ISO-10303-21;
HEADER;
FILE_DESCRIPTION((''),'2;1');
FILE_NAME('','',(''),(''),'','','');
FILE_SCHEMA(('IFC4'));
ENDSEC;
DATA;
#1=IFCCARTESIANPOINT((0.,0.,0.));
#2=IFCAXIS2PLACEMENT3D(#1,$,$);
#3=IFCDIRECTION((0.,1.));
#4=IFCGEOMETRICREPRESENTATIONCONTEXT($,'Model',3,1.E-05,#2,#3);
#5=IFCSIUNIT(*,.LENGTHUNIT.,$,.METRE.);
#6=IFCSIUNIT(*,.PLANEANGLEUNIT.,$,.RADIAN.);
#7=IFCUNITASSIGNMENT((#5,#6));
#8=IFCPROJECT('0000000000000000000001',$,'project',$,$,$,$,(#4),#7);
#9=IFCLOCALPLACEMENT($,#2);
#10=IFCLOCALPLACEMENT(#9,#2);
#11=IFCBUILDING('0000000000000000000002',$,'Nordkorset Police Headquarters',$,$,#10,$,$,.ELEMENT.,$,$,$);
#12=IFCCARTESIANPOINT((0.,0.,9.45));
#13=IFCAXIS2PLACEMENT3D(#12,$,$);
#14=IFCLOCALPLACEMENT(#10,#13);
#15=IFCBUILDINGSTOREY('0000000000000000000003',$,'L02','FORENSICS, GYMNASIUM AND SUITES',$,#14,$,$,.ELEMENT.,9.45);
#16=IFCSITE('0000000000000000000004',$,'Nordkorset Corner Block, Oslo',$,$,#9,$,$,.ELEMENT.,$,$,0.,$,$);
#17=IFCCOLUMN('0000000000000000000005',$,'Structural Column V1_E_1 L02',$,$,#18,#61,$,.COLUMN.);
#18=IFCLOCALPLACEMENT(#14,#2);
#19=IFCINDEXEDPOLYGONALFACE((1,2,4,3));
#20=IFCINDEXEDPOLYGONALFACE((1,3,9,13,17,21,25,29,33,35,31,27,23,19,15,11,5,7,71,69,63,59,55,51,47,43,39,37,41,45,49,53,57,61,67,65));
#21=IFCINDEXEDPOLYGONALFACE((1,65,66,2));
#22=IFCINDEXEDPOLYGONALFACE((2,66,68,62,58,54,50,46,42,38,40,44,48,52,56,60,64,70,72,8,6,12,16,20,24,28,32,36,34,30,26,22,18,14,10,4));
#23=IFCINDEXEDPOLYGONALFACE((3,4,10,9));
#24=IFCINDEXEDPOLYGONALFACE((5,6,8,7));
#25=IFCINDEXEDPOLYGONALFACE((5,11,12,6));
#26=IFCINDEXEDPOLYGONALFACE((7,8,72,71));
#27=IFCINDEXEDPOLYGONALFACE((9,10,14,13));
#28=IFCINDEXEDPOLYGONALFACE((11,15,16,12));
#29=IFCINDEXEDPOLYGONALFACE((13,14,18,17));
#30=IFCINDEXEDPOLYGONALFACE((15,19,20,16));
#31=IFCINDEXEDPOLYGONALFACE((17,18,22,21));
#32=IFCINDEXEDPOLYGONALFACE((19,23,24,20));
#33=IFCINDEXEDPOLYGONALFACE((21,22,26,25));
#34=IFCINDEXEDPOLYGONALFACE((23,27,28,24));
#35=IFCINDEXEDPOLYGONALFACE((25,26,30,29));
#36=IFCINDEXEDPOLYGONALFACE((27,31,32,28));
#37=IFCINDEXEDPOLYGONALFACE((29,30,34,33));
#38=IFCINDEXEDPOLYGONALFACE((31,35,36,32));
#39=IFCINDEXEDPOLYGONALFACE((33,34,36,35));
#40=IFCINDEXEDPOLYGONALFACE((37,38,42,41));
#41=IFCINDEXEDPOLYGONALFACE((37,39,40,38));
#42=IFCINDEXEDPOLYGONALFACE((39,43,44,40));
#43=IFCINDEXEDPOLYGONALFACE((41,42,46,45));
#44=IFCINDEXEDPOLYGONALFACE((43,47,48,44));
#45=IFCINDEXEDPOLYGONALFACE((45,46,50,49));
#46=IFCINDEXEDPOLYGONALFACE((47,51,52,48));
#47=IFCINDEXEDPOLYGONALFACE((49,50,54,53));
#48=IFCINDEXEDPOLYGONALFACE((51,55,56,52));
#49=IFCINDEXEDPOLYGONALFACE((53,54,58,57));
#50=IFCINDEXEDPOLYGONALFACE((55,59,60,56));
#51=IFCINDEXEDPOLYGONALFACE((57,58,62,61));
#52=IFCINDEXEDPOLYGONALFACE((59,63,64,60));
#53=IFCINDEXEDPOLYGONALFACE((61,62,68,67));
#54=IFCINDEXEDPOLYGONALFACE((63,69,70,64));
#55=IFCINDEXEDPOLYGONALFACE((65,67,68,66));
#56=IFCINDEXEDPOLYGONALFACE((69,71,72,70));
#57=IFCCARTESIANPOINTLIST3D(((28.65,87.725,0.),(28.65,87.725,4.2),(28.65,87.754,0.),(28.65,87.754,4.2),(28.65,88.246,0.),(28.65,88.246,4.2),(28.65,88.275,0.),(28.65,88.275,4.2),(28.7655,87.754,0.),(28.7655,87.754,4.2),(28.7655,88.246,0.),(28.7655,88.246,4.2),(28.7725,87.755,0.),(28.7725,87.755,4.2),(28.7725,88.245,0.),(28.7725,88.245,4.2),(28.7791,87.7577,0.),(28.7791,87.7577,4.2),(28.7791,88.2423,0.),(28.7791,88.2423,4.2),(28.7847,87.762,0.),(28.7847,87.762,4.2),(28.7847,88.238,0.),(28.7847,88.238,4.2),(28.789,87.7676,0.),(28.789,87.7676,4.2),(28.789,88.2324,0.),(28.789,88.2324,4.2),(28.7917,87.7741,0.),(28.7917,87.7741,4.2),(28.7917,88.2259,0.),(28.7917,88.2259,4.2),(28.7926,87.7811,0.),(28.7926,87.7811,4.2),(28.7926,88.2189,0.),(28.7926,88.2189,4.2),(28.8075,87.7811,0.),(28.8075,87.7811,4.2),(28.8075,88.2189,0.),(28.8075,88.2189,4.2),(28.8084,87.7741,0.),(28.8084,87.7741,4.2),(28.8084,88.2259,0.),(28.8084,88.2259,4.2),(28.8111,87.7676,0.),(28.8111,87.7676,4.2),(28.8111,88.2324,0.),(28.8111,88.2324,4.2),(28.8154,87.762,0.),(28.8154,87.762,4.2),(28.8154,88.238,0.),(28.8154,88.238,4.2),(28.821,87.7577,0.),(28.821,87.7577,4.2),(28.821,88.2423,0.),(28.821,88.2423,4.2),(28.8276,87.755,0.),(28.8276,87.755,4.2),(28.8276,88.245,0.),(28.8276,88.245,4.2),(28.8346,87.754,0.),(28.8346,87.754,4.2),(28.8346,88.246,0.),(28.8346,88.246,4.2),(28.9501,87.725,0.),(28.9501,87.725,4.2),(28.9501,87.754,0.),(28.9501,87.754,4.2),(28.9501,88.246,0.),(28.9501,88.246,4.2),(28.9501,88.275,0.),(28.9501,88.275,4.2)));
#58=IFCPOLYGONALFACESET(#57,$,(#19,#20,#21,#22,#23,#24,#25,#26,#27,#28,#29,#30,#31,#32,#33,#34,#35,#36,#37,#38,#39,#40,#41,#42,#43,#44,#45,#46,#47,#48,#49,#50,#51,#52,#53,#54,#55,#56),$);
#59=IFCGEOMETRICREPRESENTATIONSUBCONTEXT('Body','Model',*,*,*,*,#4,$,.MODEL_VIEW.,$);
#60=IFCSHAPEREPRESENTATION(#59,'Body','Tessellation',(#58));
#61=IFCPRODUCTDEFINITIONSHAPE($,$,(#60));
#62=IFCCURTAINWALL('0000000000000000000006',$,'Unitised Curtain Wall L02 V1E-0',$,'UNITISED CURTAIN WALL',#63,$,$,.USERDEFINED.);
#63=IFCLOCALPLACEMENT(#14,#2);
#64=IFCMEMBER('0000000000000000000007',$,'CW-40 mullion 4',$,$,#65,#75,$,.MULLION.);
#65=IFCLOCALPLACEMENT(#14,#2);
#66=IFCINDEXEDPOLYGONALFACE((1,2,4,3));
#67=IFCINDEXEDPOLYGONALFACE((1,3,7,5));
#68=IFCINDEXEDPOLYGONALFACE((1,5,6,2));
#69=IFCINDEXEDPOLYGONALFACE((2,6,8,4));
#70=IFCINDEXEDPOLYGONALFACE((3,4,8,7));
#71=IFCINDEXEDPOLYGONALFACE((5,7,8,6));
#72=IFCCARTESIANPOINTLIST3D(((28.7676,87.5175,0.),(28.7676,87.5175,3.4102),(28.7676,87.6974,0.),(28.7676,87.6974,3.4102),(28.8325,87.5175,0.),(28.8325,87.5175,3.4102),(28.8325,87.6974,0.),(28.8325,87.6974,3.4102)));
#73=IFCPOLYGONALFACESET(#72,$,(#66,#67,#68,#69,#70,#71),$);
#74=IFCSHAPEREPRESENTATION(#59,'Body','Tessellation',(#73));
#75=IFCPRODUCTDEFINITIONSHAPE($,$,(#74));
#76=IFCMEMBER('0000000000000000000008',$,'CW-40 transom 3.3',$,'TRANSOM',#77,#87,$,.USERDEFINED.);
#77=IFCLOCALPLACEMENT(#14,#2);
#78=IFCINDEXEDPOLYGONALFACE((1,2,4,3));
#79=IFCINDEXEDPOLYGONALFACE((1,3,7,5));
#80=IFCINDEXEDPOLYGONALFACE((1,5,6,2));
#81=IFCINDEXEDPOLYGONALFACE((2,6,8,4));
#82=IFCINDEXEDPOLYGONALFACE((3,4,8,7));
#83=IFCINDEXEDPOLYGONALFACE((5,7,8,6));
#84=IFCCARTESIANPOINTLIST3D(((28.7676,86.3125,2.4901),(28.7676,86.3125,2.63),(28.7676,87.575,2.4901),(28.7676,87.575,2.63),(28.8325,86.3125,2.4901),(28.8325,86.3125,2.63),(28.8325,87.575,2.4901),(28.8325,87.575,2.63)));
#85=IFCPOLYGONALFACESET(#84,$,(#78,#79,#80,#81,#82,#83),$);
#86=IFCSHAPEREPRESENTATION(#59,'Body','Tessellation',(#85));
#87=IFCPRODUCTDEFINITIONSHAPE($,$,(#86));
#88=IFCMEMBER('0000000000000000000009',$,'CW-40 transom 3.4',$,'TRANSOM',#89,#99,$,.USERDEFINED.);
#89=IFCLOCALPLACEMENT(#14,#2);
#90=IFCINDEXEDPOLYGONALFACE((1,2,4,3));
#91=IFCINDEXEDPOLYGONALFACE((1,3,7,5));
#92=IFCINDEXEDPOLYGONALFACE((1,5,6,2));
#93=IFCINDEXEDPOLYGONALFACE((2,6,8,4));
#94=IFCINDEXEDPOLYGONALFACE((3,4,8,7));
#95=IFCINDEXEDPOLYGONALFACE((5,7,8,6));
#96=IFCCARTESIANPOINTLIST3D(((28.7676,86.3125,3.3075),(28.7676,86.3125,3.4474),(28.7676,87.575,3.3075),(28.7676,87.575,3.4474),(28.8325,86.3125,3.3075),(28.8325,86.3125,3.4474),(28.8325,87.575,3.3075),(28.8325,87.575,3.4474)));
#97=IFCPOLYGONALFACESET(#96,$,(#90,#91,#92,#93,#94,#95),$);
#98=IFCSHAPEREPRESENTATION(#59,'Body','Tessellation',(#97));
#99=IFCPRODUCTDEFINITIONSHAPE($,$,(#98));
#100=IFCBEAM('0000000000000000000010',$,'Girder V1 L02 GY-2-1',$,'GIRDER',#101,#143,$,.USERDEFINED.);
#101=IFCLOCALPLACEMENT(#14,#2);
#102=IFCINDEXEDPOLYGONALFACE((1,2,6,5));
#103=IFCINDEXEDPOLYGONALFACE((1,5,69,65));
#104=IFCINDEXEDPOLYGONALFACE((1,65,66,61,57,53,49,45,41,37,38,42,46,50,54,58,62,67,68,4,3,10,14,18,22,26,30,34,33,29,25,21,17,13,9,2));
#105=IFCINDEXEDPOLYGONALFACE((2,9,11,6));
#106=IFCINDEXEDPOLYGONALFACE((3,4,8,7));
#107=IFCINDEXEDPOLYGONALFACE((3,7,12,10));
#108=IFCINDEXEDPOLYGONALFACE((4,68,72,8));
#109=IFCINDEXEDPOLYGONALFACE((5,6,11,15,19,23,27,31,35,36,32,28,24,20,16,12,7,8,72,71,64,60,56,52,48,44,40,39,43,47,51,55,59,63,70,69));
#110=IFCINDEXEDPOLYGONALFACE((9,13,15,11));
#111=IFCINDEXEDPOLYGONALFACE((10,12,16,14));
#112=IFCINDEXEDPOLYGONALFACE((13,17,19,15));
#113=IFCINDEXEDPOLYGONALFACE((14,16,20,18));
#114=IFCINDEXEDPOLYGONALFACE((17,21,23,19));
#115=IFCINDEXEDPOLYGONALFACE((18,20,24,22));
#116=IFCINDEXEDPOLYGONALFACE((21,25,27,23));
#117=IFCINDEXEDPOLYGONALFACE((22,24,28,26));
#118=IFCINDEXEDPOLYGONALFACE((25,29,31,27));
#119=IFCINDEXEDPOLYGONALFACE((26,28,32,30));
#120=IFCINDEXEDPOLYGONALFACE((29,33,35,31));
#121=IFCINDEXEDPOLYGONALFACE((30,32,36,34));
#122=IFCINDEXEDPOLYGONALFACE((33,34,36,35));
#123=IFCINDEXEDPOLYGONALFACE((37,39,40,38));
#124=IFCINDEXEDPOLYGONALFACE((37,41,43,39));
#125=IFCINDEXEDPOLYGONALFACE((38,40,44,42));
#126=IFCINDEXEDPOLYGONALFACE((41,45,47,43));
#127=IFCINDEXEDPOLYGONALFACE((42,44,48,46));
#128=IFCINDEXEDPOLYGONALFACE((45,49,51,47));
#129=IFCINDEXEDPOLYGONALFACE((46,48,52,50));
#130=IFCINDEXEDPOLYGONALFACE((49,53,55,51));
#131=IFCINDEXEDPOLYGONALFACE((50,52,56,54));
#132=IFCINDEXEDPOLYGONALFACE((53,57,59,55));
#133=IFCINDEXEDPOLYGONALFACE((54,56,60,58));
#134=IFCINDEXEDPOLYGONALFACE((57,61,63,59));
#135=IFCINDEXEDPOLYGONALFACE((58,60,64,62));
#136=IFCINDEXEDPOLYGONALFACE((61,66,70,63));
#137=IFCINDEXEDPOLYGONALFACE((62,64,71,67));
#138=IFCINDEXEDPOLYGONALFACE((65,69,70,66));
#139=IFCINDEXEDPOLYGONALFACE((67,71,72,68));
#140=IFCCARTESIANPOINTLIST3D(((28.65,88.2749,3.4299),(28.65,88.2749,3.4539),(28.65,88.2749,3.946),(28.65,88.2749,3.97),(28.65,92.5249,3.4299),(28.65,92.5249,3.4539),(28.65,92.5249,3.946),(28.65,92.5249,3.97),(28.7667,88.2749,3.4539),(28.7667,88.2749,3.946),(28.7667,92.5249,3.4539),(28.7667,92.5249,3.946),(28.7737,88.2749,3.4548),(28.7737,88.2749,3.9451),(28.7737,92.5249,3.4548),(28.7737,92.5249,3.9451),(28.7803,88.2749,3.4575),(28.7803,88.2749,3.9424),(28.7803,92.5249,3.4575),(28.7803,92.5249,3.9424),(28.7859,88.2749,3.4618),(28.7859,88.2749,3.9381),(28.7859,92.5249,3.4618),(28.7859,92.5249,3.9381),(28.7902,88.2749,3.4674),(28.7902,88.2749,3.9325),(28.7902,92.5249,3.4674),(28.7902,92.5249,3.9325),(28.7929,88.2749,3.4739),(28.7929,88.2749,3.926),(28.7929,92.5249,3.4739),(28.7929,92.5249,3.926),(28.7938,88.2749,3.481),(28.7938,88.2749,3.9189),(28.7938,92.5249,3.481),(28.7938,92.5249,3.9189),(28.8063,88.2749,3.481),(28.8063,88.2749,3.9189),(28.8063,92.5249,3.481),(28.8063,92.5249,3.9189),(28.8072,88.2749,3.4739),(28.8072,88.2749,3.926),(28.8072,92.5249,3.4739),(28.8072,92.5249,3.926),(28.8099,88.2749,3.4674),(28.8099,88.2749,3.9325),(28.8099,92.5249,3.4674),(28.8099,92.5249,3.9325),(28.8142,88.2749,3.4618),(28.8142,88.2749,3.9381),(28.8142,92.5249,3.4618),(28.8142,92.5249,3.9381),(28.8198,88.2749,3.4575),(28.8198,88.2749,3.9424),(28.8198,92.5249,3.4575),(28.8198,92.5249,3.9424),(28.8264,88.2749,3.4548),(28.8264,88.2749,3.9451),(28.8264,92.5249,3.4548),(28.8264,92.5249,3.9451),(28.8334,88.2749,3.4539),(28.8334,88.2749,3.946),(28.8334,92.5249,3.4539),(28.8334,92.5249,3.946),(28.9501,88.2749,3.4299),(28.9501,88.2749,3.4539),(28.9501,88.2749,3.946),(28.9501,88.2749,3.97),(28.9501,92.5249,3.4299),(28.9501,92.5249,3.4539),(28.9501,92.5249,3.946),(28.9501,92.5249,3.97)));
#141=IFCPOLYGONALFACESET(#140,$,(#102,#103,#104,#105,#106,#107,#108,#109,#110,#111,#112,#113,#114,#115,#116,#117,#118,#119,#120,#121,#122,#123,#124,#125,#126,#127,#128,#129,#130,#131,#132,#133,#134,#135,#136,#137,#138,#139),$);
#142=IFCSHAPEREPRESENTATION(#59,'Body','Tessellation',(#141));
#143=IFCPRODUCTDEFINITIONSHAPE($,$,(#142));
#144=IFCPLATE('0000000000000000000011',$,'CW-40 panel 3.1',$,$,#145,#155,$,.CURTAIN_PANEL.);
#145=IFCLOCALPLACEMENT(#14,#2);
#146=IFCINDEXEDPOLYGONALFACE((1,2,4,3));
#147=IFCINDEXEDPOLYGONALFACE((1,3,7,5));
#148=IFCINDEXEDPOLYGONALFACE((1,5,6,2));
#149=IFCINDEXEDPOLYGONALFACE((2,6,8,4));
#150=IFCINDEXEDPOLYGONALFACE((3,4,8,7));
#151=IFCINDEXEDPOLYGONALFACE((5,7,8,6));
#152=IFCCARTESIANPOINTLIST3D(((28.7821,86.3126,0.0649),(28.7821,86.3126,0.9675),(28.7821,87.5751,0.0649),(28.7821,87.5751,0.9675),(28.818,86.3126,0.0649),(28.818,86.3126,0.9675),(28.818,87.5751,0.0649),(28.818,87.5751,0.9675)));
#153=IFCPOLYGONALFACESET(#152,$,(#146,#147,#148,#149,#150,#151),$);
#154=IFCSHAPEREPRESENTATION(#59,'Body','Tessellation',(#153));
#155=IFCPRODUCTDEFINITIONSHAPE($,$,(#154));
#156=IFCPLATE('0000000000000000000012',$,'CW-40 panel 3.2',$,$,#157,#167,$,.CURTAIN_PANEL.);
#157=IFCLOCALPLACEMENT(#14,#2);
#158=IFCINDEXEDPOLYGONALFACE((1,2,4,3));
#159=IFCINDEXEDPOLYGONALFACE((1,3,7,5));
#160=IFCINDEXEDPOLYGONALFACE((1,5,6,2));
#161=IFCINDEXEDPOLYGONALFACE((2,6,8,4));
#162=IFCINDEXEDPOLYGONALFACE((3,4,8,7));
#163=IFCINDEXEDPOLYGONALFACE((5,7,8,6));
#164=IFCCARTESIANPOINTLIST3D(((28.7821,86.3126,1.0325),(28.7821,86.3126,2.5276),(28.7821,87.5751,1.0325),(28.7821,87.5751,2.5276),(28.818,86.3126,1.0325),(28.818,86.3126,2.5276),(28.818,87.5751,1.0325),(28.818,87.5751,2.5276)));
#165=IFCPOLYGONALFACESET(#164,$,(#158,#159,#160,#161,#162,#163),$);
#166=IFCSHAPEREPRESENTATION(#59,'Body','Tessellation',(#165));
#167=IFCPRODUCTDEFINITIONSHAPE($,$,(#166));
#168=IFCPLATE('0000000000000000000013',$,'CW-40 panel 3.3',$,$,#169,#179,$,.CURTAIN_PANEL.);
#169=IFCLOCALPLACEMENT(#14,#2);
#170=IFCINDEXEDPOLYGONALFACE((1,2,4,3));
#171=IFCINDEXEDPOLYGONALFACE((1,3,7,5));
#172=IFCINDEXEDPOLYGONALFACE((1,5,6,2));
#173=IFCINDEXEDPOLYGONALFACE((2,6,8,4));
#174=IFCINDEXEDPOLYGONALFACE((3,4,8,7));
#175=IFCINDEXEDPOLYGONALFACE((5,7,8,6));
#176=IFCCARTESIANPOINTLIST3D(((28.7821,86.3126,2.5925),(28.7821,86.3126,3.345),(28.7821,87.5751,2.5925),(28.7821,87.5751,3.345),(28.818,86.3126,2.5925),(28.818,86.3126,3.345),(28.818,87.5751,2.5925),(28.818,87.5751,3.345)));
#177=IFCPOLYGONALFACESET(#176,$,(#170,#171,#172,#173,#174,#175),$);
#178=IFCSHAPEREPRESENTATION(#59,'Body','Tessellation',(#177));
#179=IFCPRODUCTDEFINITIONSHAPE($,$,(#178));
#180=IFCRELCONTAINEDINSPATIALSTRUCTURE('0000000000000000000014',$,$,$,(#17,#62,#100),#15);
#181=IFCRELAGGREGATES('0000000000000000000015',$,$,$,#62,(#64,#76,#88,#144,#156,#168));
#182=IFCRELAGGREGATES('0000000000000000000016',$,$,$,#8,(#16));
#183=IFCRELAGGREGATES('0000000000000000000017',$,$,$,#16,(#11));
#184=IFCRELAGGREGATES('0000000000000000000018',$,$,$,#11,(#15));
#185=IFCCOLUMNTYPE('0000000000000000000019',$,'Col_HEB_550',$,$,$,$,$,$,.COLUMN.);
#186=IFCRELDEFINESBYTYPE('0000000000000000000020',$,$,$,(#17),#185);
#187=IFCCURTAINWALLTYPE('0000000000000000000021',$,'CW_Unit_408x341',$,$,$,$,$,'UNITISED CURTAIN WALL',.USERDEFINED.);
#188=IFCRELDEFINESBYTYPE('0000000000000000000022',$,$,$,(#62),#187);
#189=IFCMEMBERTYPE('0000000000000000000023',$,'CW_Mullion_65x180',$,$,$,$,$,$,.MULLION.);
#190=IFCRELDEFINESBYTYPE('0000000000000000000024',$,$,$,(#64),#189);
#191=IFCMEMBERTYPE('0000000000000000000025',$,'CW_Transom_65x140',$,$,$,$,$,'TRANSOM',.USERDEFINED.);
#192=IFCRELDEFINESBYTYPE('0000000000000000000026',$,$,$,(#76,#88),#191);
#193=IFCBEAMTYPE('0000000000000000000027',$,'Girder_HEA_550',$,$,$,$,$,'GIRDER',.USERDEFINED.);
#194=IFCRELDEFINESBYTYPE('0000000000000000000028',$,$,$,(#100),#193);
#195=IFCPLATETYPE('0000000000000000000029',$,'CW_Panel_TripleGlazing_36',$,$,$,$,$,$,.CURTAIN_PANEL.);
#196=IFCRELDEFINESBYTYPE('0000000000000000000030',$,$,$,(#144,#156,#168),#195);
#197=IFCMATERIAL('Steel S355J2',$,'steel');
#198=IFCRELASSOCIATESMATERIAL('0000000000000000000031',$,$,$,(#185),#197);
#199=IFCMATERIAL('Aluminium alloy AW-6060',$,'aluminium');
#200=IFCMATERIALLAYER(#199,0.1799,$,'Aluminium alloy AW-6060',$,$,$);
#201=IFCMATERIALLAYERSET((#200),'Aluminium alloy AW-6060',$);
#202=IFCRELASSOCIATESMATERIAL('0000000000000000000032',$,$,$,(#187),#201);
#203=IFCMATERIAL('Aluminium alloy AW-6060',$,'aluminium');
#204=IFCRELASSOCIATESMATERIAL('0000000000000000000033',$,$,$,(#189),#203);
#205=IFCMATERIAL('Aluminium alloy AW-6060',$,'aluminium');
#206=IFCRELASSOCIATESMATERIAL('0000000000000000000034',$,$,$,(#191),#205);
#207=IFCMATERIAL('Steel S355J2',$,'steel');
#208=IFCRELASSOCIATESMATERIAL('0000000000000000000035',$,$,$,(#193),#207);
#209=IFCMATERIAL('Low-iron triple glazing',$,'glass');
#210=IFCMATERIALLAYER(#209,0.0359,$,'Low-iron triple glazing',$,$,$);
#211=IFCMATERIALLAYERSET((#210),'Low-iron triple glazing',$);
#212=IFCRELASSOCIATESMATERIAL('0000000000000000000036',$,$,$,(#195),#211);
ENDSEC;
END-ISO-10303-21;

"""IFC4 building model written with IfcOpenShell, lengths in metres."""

from ifc_helpers import new_model, si_unit, direction, frame, origin, origin_2d, place, context, subcontext, project, spatial, rectangle, i_section, extrude, material, layer, layer_set, material_profile, profile_set, type_object, element, aggregate, save


model = new_model("IFC4")

# Units and contexts
model_context = context("Model", 3, precision=1e-05, world=origin(), true_north=direction((0.0, 1.0)))
body_context = subcontext(model_context, "Body", "Model", "MODEL_VIEW")
ifc_project = project(units=[si_unit("LENGTHUNIT", "METRE"), si_unit("PLANEANGLEUNIT", "RADIAN")], contexts=[model_context])

# Site, building, storey
site_placement = place(None, origin())
site = spatial("IfcSite", under=ifc_project, at=site_placement, Name="Nordkorset Corner Block, Oslo", CompositionType="ELEMENT", RefElevation=0.0)
building_placement = place(site_placement, origin())
building = spatial("IfcBuilding", under=site, at=building_placement, Name="Nordkorset Police Headquarters", CompositionType="ELEMENT")
storey_placement = place(building_placement, frame((0.0, 0.0, 9.45)))
storey = spatial("IfcBuildingStorey", under=building, at=storey_placement, Name="L02", Description="FORENSICS, GYMNASIUM AND SUITES", CompositionType="ELEMENT", Elevation=9.45)

# Column
ifc_material_1 = material(Name="Steel S355J2", Category="steel")
ifc_material_profile_1 = material_profile(ifc_material_1, i_section(OverallWidth=0.3, OverallDepth=0.55, WebThickness=0.0149, FlangeThickness=0.0291, FilletRadius=0.0271, at=origin_2d()), Name="HEB 550")
ifc_profile_set_1 = profile_set([ifc_material_profile_1], Name="Steel S355J2")
column_type = type_object("IfcColumnType", Name="Col_HEB_550", PredefinedType="COLUMN", material=ifc_profile_set_1)
column_placement = place(storey_placement, frame((28.8, 88.0, 0.0), z_axis=(0.0, 0.0, 1.0), x_axis=(1.0, 0.0, 0.0)))
element("IfcColumn", 1, at=column_placement, inside=storey, type_object=column_type, Name="Structural Column V1_E_1 L02", PredefinedType="COLUMN", context=body_context, shape_type="SweptSolid", body=[
    extrude(i_section(OverallWidth=0.3, OverallDepth=0.55, WebThickness=0.0149, FlangeThickness=0.0291, FilletRadius=0.0271, at=origin_2d()), origin(), (0.0, 0.0, 1.0), 4.2),
])

# Curtain wall, members
ifc_material_2 = material(Name="Aluminium alloy AW-6060", Category="aluminium")
ifc_layer_1 = layer(ifc_material_2, 0.1799, Name="Aluminium alloy AW-6060")
ifc_layer_set_1 = layer_set([ifc_layer_1], Name="Aluminium alloy AW-6060")
curtain_wall_type = type_object("IfcCurtainWallType", Name="CW_Unit_408x341", ElementType="UNITISED CURTAIN WALL", PredefinedType="USERDEFINED", material=ifc_layer_set_1)
curtain_wall_placement = place(storey_placement, origin())
curtain_wall = element("IfcCurtainWall", 2, at=curtain_wall_placement, inside=storey, type_object=curtain_wall_type, Name="Unitised Curtain Wall L02 V1E-0", ObjectType="UNITISED CURTAIN WALL", PredefinedType="USERDEFINED")
ifc_material_3 = material(Name="Aluminium alloy AW-6060", Category="aluminium")
ifc_material_profile_2 = material_profile(ifc_material_3, rectangle(XDim=0.0649, YDim=0.1799, at=origin_2d()), Name="ALU MULL 65x180")
ifc_profile_set_2 = profile_set([ifc_material_profile_2], Name="Aluminium alloy AW-6060")
member_type_1 = type_object("IfcMemberType", Name="CW_Mullion_65x180", PredefinedType="MULLION", material=ifc_profile_set_2)
member_1_placement = place(storey_placement, frame((28.8, 87.6074, 0.0), z_axis=(0.0, 0.0, 1.0), x_axis=(-1.0, 0.0, 0.0)))
member_1 = element("IfcMember", 3, at=member_1_placement, type_object=member_type_1, Name="CW-40 mullion 4", PredefinedType="MULLION", context=body_context, shape_type="SweptSolid", body=[
    extrude(rectangle(XDim=0.0649, YDim=0.1799, at=origin_2d()), origin(), (0.0, 0.0, 1.0), 3.4102),
])
ifc_material_4 = material(Name="Aluminium alloy AW-6060", Category="aluminium")
ifc_material_profile_3 = material_profile(ifc_material_4, rectangle(XDim=0.0649, YDim=0.1399, at=origin_2d()), Name="ALU TRAN 65x140")
ifc_profile_set_3 = profile_set([ifc_material_profile_3], Name="Aluminium alloy AW-6060")
member_type_2 = type_object("IfcMemberType", Name="CW_Transom_65x140", ElementType="TRANSOM", PredefinedType="USERDEFINED", material=ifc_profile_set_3)
member_2_placement = place(storey_placement, frame((28.8, 86.3125, 2.5601), z_axis=(0.0, 1.0, 0.0), x_axis=(-1.0, 0.0, 0.0)))
member_2 = element("IfcMember", 4, at=member_2_placement, type_object=member_type_2, Name="CW-40 transom 3.3", ObjectType="TRANSOM", PredefinedType="USERDEFINED", context=body_context, shape_type="SweptSolid", body=[
    extrude(rectangle(XDim=0.0649, YDim=0.1399, at=origin_2d()), origin(), (0.0, 0.0, 1.0), 1.2625),
])
member_3_placement = place(storey_placement, frame((28.8, 86.3125, 3.3774), z_axis=(0.0, 1.0, 0.0), x_axis=(-1.0, 0.0, 0.0)))
member_3 = element("IfcMember", 5, at=member_3_placement, type_object=member_type_2, Name="CW-40 transom 3.4", ObjectType="TRANSOM", PredefinedType="USERDEFINED", context=body_context, shape_type="SweptSolid", body=[
    extrude(rectangle(XDim=0.0649, YDim=0.1399, at=origin_2d()), origin(), (0.0, 0.0, 1.0), 1.2625),
])

# Beam
ifc_material_5 = material(Name="Steel S355J2", Category="steel")
ifc_material_profile_4 = material_profile(ifc_material_5, i_section(OverallWidth=0.3, OverallDepth=0.54, WebThickness=0.0125, FlangeThickness=0.0239, FilletRadius=0.0271, at=origin_2d()), Name="HEA 550")
ifc_profile_set_4 = profile_set([ifc_material_profile_4], Name="Steel S355J2")
beam_type = type_object("IfcBeamType", Name="Girder_HEA_550", ElementType="GIRDER", PredefinedType="USERDEFINED", material=ifc_profile_set_4)
beam_placement = place(storey_placement, frame((28.8, 88.2749, 3.7), z_axis=(0.0, 1.0, 0.0), x_axis=(-1.0, 0.0, 0.0)))
element("IfcBeam", 6, at=beam_placement, inside=storey, type_object=beam_type, Name="Girder V1 L02 GY-2-1", ObjectType="GIRDER", PredefinedType="USERDEFINED", context=body_context, shape_type="SweptSolid", body=[
    extrude(i_section(OverallWidth=0.3, OverallDepth=0.54, WebThickness=0.0125, FlangeThickness=0.0239, FilletRadius=0.0271, at=origin_2d()), origin(), (0.0, 0.0, 1.0), 4.25),
])

# Plates
ifc_material_6 = material(Name="Low-iron triple glazing", Category="glass")
ifc_layer_2 = layer(ifc_material_6, 0.0359, Name="Low-iron triple glazing")
ifc_layer_set_2 = layer_set([ifc_layer_2], Name="Low-iron triple glazing")
plate_type = type_object("IfcPlateType", Name="CW_Panel_TripleGlazing_36", PredefinedType="CURTAIN_PANEL", material=ifc_layer_set_2)
plate_1_placement = place(storey_placement, frame((28.8, 86.9438, 0.0649), z_axis=(0.0, 0.0, 1.0), x_axis=(0.0, 1.0, 0.0)))
plate_1 = element("IfcPlate", 7, at=plate_1_placement, type_object=plate_type, Name="CW-40 panel 3.1", PredefinedType="CURTAIN_PANEL", context=body_context, shape_type="SweptSolid", body=[
    extrude(rectangle(XDim=1.2625, YDim=0.0359, at=origin_2d()), origin(), (0.0, 0.0, 1.0), 0.9026),
])
plate_2_placement = place(storey_placement, frame((28.8, 86.9438, 1.0325), z_axis=(0.0, 0.0, 1.0), x_axis=(0.0, 1.0, 0.0)))
plate_2 = element("IfcPlate", 8, at=plate_2_placement, type_object=plate_type, Name="CW-40 panel 3.2", PredefinedType="CURTAIN_PANEL", context=body_context, shape_type="SweptSolid", body=[
    extrude(rectangle(XDim=1.2625, YDim=0.0359, at=origin_2d()), origin(), (0.0, 0.0, 1.0), 1.4951),
])
plate_3_placement = place(storey_placement, frame((28.8, 86.9438, 2.5925), z_axis=(0.0, 0.0, 1.0), x_axis=(0.0, 1.0, 0.0)))
plate_3 = element("IfcPlate", 9, at=plate_3_placement, type_object=plate_type, Name="CW-40 panel 3.3", PredefinedType="CURTAIN_PANEL", context=body_context, shape_type="SweptSolid", body=[
    extrude(rectangle(XDim=1.2625, YDim=0.0359, at=origin_2d()), origin(), (0.0, 0.0, 1.0), 0.7524),
])
aggregate(curtain_wall, [member_1, member_2, member_3, plate_1, plate_2, plate_3])

save(model, "model.ifc")
